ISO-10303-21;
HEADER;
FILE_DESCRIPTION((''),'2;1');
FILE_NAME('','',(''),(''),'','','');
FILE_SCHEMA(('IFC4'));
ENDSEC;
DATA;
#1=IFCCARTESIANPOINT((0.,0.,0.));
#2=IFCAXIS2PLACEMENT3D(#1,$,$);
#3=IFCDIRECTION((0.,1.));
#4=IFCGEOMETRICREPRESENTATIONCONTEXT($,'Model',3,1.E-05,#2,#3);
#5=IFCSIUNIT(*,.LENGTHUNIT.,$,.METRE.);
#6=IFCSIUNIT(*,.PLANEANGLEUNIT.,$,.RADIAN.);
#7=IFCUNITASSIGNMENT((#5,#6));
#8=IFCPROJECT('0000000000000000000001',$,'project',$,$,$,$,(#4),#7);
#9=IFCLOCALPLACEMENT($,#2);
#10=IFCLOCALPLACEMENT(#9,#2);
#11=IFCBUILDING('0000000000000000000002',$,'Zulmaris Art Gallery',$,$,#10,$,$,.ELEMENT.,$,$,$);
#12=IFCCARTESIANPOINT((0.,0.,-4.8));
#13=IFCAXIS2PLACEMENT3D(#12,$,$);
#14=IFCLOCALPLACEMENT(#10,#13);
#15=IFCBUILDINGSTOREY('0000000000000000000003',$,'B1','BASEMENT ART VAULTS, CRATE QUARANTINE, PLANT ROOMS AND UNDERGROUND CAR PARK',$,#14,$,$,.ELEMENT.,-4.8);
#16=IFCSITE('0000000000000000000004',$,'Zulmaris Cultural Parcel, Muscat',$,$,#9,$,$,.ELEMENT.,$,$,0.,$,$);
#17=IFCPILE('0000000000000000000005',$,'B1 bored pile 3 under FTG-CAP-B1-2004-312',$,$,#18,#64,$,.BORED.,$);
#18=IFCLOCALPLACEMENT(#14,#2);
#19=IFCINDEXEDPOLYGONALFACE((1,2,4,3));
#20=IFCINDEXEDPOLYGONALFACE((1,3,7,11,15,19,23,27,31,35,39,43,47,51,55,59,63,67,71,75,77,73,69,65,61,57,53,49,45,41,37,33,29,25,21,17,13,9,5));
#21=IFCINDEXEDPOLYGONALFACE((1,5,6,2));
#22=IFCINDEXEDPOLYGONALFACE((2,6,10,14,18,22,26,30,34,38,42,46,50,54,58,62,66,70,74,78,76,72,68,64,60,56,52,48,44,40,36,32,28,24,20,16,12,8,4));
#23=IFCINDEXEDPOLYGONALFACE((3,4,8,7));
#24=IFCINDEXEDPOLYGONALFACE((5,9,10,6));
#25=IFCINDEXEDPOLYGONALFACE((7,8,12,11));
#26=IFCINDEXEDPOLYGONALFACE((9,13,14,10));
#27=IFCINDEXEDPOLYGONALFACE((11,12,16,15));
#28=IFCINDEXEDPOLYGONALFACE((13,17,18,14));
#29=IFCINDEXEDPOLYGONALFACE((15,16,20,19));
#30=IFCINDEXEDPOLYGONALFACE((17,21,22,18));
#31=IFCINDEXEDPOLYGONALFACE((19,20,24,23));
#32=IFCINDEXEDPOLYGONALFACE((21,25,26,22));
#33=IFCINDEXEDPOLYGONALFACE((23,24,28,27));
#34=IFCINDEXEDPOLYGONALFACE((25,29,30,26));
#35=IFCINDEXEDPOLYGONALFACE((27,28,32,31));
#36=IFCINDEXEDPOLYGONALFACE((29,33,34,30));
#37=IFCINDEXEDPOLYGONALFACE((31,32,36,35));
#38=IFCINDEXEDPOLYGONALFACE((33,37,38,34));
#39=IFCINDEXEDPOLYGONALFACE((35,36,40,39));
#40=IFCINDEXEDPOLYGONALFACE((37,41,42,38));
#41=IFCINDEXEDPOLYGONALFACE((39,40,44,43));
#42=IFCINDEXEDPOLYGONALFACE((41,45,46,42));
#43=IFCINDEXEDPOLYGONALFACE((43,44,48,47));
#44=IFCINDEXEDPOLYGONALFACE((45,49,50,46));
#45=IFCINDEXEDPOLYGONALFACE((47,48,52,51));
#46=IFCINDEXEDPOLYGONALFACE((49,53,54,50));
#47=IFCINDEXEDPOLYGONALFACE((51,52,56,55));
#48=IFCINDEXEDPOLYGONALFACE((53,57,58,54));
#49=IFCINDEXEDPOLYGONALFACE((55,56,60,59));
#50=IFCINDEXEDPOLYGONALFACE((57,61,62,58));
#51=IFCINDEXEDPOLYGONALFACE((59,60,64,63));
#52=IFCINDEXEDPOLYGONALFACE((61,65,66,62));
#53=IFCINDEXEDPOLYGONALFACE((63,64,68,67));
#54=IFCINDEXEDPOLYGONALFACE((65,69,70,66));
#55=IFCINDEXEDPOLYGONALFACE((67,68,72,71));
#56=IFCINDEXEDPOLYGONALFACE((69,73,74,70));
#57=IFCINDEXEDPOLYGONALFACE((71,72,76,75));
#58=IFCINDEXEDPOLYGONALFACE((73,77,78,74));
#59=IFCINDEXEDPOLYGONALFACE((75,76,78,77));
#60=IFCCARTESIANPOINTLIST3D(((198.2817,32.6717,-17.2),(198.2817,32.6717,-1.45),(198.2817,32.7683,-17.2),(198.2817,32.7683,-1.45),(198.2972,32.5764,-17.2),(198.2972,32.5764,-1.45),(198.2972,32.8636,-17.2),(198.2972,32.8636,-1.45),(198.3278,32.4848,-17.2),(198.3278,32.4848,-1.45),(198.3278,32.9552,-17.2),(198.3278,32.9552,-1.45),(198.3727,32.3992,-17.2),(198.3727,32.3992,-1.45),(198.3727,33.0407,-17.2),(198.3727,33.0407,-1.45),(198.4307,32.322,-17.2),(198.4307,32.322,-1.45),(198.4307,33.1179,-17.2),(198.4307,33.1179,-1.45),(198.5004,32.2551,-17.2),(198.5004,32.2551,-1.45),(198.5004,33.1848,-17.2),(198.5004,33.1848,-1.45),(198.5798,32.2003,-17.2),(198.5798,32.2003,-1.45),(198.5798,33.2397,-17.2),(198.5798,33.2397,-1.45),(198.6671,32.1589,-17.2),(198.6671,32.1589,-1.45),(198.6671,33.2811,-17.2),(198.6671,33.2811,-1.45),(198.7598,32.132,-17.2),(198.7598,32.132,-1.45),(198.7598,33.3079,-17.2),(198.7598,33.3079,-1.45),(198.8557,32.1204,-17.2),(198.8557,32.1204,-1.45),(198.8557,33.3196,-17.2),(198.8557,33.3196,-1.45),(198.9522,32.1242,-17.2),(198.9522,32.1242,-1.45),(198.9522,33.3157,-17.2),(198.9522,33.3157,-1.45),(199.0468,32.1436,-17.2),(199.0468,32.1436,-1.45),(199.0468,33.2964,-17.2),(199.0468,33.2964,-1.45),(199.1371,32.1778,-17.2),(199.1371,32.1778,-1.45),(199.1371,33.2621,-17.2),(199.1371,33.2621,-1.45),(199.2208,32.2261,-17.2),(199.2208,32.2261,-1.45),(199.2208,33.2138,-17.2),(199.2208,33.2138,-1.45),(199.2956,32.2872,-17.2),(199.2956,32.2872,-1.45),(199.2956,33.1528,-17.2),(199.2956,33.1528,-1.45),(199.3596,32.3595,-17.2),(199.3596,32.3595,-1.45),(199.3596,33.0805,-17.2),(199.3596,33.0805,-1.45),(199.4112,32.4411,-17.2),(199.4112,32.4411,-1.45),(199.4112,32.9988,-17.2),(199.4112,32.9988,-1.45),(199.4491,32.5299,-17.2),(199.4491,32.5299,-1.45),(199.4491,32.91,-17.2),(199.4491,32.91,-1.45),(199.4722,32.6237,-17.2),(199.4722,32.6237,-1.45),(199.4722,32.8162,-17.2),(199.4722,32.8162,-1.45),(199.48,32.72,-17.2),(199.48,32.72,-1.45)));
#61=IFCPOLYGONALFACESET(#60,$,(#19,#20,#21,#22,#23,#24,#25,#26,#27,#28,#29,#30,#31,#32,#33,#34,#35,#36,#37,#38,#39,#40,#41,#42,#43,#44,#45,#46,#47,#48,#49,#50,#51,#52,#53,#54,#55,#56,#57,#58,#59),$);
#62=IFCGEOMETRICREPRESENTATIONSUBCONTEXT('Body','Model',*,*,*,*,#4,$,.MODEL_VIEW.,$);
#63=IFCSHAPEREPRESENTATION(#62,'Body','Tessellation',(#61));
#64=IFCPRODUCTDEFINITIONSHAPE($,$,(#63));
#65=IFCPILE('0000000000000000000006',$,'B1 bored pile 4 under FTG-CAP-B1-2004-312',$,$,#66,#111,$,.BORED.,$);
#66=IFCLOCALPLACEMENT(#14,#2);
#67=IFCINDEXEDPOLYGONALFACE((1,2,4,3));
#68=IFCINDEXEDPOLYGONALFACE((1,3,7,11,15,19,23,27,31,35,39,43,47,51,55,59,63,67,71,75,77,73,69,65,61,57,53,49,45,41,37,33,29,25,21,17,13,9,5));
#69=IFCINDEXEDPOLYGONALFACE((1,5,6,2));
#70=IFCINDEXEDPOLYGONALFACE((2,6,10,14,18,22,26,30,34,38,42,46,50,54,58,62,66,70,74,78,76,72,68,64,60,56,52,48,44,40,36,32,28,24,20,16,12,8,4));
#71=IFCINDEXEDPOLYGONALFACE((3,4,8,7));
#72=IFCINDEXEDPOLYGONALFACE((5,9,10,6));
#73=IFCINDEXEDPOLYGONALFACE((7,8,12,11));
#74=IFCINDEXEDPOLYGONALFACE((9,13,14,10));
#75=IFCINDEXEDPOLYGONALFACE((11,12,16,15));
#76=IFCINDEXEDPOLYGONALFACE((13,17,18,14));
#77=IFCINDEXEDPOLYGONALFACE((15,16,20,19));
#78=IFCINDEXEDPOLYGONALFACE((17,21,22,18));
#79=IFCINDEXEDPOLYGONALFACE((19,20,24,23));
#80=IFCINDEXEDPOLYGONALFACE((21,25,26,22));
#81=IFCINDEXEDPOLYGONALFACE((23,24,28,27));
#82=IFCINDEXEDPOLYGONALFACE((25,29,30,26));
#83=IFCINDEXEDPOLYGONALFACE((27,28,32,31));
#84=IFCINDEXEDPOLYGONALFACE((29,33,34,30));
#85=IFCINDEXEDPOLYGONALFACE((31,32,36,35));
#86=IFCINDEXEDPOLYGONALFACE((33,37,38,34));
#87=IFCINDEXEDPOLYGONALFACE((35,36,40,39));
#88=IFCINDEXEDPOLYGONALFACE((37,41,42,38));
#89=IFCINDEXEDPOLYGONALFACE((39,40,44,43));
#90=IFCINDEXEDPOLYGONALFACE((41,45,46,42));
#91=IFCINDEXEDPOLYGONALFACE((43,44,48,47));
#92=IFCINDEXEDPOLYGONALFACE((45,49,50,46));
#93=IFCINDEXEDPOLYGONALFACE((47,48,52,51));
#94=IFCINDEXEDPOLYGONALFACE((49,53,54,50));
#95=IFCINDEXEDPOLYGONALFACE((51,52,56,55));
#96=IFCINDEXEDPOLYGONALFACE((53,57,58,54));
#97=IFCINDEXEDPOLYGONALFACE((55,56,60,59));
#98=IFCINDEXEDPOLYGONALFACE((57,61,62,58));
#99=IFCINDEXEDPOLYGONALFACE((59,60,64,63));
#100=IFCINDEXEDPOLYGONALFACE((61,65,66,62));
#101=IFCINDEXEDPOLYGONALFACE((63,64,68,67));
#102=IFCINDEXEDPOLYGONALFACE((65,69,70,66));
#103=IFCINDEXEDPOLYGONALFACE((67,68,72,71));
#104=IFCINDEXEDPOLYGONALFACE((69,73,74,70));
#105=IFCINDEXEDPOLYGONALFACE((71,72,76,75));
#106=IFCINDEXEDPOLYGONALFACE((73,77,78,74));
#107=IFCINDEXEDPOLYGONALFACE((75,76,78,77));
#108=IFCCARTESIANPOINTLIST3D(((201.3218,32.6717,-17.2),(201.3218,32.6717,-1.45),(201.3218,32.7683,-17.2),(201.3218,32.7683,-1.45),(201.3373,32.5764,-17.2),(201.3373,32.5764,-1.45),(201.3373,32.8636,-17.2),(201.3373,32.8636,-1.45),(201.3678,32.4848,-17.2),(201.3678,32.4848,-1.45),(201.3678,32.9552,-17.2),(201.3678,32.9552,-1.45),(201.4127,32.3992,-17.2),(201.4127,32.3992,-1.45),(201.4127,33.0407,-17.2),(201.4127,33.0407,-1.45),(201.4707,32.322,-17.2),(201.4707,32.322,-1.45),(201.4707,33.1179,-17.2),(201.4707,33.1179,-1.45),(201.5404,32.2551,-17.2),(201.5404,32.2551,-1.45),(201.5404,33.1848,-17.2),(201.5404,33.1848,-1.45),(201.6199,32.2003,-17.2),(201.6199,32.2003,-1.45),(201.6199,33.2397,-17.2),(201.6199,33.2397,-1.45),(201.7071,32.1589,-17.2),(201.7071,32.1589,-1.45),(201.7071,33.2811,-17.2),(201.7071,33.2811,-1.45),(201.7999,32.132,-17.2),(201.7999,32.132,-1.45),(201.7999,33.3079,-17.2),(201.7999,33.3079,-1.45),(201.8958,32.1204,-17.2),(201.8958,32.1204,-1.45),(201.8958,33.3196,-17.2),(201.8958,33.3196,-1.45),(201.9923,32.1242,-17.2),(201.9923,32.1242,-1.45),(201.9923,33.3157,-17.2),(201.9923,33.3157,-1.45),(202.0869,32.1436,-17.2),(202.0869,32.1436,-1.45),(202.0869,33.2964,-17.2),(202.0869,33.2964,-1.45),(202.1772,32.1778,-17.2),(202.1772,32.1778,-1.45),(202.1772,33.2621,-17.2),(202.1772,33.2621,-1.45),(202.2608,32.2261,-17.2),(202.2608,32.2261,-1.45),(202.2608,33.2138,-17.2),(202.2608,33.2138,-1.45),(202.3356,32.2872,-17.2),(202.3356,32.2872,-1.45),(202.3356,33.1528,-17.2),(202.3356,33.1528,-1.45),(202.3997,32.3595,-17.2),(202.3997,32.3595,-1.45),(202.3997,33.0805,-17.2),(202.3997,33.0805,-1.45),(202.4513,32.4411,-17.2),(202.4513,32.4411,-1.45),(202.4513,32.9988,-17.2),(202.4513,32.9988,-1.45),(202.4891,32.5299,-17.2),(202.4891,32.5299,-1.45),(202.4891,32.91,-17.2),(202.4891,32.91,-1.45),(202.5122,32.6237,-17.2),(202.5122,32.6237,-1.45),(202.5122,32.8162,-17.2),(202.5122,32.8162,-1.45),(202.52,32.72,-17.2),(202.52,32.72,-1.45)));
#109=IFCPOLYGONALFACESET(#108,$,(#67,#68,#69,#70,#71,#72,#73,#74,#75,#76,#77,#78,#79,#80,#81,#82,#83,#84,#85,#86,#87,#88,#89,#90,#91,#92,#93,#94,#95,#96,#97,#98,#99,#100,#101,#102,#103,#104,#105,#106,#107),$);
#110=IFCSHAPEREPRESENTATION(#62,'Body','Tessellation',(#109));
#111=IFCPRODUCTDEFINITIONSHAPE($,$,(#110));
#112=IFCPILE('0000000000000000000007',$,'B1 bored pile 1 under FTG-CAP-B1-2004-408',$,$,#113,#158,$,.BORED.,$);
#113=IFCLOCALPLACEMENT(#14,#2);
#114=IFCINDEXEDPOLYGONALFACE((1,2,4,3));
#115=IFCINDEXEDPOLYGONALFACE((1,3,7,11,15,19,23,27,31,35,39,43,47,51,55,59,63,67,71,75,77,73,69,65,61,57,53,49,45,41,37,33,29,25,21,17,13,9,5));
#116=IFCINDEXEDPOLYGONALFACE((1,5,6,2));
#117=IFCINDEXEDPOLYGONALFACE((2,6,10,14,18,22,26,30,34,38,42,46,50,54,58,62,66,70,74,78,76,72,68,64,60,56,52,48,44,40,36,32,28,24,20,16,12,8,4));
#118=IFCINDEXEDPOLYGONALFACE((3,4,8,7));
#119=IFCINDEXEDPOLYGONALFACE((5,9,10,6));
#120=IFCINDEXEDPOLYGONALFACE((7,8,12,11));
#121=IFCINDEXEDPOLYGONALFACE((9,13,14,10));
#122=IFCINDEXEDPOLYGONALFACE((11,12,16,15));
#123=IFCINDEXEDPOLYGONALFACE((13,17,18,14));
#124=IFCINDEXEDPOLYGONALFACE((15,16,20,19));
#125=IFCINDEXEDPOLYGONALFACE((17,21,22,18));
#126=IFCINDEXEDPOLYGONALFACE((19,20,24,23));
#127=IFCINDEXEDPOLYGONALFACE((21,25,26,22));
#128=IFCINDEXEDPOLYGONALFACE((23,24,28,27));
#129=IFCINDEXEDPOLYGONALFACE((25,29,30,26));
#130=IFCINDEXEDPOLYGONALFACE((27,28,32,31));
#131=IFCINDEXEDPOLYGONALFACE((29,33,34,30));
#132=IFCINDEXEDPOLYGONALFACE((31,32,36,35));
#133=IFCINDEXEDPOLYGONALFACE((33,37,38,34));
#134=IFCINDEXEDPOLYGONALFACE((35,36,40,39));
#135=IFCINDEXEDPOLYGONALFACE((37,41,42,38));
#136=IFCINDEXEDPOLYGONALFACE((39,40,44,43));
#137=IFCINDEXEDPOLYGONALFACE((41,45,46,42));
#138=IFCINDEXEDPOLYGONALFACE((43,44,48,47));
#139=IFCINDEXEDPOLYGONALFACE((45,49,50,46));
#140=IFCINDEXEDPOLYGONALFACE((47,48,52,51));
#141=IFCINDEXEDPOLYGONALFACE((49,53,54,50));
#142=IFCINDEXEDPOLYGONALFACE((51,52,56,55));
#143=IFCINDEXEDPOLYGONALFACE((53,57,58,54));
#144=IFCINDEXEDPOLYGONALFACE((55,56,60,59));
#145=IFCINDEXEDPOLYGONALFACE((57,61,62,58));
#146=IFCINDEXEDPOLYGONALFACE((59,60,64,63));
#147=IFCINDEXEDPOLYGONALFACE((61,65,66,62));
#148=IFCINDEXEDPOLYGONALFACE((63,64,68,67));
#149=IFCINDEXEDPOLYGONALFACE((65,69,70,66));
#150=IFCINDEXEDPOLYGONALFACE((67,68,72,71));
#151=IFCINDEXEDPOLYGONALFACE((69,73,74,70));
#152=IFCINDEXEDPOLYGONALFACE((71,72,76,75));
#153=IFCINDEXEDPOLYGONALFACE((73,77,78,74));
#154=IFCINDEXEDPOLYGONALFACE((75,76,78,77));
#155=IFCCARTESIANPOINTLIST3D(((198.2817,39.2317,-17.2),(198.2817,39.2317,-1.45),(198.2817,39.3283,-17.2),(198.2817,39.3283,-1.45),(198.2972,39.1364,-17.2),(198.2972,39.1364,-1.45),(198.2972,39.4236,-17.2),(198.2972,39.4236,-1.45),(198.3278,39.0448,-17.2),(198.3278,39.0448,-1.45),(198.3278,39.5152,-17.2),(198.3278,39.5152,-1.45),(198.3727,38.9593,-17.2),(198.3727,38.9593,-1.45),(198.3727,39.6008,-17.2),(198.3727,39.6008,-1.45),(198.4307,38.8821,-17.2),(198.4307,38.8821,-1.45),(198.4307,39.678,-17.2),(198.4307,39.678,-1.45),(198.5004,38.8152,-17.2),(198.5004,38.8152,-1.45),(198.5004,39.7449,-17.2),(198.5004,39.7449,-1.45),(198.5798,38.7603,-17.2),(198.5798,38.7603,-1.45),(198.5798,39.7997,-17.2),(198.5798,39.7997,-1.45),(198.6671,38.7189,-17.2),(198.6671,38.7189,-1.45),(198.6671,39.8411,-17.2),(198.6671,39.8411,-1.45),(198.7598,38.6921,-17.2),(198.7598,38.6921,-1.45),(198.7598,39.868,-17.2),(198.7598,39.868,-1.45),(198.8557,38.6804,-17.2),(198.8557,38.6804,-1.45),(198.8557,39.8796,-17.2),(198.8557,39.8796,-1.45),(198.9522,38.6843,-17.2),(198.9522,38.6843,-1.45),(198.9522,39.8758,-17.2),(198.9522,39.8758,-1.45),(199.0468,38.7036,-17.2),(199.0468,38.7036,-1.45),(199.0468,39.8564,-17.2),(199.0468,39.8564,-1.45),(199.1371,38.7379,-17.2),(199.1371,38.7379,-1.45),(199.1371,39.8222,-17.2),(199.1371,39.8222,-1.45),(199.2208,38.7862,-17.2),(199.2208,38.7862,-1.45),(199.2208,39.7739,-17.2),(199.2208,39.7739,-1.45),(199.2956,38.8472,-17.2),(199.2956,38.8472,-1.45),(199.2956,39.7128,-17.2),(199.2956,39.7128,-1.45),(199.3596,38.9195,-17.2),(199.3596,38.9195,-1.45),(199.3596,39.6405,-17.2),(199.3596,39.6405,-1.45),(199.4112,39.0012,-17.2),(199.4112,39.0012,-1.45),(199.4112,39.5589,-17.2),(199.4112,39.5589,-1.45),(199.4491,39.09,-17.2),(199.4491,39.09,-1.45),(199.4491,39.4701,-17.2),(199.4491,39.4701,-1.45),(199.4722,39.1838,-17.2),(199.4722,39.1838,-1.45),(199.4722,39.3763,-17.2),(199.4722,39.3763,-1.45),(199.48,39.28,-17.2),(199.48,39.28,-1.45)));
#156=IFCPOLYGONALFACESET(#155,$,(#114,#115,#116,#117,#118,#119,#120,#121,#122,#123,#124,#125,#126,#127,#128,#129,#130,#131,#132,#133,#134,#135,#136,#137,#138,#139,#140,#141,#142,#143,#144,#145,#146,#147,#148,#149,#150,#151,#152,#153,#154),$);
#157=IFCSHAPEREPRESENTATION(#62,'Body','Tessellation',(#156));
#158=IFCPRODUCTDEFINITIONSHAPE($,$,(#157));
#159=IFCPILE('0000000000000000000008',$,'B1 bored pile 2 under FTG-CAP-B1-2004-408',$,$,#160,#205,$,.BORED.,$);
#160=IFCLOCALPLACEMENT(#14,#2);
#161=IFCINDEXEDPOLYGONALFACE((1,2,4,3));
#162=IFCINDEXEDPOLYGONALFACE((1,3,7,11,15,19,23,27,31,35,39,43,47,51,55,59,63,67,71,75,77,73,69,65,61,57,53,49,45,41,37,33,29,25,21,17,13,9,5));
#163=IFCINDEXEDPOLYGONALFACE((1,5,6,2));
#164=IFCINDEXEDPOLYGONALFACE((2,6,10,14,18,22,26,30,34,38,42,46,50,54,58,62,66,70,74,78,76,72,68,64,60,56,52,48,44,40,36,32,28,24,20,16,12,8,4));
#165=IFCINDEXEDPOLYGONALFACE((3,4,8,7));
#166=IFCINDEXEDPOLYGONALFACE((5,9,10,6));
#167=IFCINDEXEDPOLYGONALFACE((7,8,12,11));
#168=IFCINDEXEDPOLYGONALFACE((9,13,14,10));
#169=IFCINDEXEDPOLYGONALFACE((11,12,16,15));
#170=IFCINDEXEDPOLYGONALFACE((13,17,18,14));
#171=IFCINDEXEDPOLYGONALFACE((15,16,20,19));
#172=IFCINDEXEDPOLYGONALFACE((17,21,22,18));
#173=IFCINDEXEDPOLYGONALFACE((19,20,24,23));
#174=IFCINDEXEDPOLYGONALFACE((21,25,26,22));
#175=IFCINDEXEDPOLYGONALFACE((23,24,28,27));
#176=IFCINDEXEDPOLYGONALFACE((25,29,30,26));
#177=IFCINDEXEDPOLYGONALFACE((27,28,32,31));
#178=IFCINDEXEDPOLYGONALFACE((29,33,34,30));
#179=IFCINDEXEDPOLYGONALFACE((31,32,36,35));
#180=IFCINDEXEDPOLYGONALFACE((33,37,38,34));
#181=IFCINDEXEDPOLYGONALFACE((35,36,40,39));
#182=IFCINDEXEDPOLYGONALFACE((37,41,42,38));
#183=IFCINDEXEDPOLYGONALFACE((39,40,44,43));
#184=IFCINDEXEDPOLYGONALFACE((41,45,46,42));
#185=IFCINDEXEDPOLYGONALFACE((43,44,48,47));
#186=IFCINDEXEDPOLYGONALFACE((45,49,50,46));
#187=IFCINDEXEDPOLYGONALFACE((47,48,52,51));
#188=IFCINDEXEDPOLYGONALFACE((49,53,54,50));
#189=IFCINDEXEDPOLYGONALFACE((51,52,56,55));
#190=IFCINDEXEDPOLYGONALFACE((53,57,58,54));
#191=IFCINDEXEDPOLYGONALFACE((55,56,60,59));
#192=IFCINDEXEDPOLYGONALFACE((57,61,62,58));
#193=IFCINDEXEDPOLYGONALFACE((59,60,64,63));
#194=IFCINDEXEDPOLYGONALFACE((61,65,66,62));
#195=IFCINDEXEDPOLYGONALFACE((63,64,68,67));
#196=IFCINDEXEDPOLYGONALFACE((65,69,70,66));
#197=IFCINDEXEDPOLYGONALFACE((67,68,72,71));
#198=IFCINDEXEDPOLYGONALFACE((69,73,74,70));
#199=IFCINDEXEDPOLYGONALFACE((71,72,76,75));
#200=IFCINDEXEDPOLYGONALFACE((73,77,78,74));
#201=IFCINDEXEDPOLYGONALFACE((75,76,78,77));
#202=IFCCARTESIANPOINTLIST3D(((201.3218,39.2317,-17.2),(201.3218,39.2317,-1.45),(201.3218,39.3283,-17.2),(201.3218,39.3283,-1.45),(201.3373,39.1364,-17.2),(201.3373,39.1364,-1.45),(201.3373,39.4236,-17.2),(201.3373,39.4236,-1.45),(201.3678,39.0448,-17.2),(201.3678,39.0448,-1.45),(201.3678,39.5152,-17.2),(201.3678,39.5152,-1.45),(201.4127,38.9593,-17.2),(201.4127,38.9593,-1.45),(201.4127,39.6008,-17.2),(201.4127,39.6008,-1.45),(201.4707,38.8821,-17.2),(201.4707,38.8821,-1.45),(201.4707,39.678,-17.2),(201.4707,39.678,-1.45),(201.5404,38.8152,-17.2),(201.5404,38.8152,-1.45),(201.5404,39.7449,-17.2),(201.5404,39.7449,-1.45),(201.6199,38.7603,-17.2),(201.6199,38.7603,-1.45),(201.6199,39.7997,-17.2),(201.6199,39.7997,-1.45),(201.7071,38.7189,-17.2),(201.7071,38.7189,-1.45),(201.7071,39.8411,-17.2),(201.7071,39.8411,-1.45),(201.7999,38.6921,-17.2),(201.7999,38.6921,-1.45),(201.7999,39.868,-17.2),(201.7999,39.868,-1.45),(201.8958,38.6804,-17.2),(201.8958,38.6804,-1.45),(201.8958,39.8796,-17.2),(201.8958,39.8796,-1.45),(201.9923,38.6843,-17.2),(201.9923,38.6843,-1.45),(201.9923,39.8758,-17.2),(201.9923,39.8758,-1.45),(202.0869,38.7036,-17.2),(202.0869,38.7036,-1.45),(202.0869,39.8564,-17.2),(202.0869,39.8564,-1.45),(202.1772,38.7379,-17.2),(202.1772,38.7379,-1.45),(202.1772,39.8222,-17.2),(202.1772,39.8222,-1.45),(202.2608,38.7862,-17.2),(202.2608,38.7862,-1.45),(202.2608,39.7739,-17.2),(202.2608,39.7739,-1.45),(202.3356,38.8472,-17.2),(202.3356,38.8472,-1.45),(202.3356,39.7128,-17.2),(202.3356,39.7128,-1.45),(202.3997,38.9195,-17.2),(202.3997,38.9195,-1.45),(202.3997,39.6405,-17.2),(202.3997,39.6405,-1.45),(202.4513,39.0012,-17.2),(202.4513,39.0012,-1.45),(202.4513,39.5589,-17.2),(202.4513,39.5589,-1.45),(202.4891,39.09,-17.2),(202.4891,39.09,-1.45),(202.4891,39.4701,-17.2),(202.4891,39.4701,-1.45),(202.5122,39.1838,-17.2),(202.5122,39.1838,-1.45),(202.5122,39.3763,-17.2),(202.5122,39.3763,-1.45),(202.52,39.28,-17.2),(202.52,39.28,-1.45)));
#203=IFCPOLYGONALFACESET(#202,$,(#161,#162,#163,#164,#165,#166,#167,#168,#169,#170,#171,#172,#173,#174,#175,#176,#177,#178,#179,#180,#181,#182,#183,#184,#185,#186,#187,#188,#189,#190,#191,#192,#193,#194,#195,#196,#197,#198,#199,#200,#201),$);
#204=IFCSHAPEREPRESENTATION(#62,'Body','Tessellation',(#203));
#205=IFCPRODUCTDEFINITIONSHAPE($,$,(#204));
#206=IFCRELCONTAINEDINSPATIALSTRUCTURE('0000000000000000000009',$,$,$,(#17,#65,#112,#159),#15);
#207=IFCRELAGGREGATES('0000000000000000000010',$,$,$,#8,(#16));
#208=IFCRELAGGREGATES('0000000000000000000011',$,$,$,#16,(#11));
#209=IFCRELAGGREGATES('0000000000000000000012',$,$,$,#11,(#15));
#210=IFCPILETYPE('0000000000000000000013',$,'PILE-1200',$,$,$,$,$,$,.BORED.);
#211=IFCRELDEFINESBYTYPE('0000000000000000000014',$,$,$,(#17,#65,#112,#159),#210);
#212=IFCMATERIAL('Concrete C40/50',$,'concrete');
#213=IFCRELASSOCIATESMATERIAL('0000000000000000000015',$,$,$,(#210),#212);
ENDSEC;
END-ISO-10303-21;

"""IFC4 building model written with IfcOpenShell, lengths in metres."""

from ifc_helpers import new_model, si_unit, direction, frame, origin, origin_2d, place, context, subcontext, project, spatial, circle, extrude, material, material_profile, profile_set, type_object, element, save


model = new_model("IFC4")

# Units and contexts
model_context = context("Model", 3, precision=1e-05, world=origin(), true_north=direction((0.0, 1.0)))
body_context = subcontext(model_context, "Body", "Model", "MODEL_VIEW")
ifc_project = project(units=[si_unit("LENGTHUNIT", "METRE"), si_unit("PLANEANGLEUNIT", "RADIAN")], contexts=[model_context])

# Site, building, storey
site_placement = place(None, origin())
site = spatial("IfcSite", under=ifc_project, at=site_placement, Name="Zulmaris Cultural Parcel, Muscat", CompositionType="ELEMENT", RefElevation=0.0)
building_placement = place(site_placement, origin())
building = spatial("IfcBuilding", under=site, at=building_placement, Name="Zulmaris Art Gallery", CompositionType="ELEMENT")
storey_placement = place(building_placement, frame((0.0, 0.0, -4.8)))
storey = spatial("IfcBuildingStorey", under=building, at=storey_placement, Name="B1", Description="BASEMENT ART VAULTS, CRATE QUARANTINE, PLANT ROOMS AND UNDERGROUND CAR PARK", CompositionType="ELEMENT", Elevation=-4.8)

# Piles
ifc_material_1 = material(Name="Concrete C40/50", Category="concrete")
ifc_material_profile_1 = material_profile(ifc_material_1, circle(Radius=0.6001, at=origin_2d()), Name="PILE DIA 1200")
ifc_profile_set_1 = profile_set([ifc_material_profile_1], Name="Concrete C40/50")
pile_type = type_object("IfcPileType", Name="PILE-1200", PredefinedType="BORED", material=ifc_profile_set_1)
for number, where, z_axis, x_axis, name in (
    (1, (198.8799, 32.72, -1.45), (0.0, 0.0, -1.0), (1.0, 0.0, 0.0), "B1 bored pile 3 under FTG-CAP-B1-2004-312"),
    (2, (201.9199, 32.72, -1.45), (0.0, 0.0, -1.0), (1.0, 0.0, 0.0), "B1 bored pile 4 under FTG-CAP-B1-2004-312"),
    (3, (198.8799, 39.28, -1.45), (0.0, 0.0, -1.0), (1.0, 0.0, 0.0), "B1 bored pile 1 under FTG-CAP-B1-2004-408"),
    (4, (201.9199, 39.28, -1.45), (0.0, 0.0, -1.0), (1.0, 0.0, 0.0), "B1 bored pile 2 under FTG-CAP-B1-2004-408"),
):
    element("IfcPile", number, at=place(storey_placement, frame(where, z_axis=z_axis, x_axis=x_axis)), inside=storey, type_object=pile_type, Name=name, PredefinedType="BORED", context=body_context, shape_type="SweptSolid", body=[
        extrude(circle(Radius=0.6001, at=origin_2d()), origin(), (0.0, 0.0, 1.0), 15.75),
    ])

save(model, "model.ifc")
